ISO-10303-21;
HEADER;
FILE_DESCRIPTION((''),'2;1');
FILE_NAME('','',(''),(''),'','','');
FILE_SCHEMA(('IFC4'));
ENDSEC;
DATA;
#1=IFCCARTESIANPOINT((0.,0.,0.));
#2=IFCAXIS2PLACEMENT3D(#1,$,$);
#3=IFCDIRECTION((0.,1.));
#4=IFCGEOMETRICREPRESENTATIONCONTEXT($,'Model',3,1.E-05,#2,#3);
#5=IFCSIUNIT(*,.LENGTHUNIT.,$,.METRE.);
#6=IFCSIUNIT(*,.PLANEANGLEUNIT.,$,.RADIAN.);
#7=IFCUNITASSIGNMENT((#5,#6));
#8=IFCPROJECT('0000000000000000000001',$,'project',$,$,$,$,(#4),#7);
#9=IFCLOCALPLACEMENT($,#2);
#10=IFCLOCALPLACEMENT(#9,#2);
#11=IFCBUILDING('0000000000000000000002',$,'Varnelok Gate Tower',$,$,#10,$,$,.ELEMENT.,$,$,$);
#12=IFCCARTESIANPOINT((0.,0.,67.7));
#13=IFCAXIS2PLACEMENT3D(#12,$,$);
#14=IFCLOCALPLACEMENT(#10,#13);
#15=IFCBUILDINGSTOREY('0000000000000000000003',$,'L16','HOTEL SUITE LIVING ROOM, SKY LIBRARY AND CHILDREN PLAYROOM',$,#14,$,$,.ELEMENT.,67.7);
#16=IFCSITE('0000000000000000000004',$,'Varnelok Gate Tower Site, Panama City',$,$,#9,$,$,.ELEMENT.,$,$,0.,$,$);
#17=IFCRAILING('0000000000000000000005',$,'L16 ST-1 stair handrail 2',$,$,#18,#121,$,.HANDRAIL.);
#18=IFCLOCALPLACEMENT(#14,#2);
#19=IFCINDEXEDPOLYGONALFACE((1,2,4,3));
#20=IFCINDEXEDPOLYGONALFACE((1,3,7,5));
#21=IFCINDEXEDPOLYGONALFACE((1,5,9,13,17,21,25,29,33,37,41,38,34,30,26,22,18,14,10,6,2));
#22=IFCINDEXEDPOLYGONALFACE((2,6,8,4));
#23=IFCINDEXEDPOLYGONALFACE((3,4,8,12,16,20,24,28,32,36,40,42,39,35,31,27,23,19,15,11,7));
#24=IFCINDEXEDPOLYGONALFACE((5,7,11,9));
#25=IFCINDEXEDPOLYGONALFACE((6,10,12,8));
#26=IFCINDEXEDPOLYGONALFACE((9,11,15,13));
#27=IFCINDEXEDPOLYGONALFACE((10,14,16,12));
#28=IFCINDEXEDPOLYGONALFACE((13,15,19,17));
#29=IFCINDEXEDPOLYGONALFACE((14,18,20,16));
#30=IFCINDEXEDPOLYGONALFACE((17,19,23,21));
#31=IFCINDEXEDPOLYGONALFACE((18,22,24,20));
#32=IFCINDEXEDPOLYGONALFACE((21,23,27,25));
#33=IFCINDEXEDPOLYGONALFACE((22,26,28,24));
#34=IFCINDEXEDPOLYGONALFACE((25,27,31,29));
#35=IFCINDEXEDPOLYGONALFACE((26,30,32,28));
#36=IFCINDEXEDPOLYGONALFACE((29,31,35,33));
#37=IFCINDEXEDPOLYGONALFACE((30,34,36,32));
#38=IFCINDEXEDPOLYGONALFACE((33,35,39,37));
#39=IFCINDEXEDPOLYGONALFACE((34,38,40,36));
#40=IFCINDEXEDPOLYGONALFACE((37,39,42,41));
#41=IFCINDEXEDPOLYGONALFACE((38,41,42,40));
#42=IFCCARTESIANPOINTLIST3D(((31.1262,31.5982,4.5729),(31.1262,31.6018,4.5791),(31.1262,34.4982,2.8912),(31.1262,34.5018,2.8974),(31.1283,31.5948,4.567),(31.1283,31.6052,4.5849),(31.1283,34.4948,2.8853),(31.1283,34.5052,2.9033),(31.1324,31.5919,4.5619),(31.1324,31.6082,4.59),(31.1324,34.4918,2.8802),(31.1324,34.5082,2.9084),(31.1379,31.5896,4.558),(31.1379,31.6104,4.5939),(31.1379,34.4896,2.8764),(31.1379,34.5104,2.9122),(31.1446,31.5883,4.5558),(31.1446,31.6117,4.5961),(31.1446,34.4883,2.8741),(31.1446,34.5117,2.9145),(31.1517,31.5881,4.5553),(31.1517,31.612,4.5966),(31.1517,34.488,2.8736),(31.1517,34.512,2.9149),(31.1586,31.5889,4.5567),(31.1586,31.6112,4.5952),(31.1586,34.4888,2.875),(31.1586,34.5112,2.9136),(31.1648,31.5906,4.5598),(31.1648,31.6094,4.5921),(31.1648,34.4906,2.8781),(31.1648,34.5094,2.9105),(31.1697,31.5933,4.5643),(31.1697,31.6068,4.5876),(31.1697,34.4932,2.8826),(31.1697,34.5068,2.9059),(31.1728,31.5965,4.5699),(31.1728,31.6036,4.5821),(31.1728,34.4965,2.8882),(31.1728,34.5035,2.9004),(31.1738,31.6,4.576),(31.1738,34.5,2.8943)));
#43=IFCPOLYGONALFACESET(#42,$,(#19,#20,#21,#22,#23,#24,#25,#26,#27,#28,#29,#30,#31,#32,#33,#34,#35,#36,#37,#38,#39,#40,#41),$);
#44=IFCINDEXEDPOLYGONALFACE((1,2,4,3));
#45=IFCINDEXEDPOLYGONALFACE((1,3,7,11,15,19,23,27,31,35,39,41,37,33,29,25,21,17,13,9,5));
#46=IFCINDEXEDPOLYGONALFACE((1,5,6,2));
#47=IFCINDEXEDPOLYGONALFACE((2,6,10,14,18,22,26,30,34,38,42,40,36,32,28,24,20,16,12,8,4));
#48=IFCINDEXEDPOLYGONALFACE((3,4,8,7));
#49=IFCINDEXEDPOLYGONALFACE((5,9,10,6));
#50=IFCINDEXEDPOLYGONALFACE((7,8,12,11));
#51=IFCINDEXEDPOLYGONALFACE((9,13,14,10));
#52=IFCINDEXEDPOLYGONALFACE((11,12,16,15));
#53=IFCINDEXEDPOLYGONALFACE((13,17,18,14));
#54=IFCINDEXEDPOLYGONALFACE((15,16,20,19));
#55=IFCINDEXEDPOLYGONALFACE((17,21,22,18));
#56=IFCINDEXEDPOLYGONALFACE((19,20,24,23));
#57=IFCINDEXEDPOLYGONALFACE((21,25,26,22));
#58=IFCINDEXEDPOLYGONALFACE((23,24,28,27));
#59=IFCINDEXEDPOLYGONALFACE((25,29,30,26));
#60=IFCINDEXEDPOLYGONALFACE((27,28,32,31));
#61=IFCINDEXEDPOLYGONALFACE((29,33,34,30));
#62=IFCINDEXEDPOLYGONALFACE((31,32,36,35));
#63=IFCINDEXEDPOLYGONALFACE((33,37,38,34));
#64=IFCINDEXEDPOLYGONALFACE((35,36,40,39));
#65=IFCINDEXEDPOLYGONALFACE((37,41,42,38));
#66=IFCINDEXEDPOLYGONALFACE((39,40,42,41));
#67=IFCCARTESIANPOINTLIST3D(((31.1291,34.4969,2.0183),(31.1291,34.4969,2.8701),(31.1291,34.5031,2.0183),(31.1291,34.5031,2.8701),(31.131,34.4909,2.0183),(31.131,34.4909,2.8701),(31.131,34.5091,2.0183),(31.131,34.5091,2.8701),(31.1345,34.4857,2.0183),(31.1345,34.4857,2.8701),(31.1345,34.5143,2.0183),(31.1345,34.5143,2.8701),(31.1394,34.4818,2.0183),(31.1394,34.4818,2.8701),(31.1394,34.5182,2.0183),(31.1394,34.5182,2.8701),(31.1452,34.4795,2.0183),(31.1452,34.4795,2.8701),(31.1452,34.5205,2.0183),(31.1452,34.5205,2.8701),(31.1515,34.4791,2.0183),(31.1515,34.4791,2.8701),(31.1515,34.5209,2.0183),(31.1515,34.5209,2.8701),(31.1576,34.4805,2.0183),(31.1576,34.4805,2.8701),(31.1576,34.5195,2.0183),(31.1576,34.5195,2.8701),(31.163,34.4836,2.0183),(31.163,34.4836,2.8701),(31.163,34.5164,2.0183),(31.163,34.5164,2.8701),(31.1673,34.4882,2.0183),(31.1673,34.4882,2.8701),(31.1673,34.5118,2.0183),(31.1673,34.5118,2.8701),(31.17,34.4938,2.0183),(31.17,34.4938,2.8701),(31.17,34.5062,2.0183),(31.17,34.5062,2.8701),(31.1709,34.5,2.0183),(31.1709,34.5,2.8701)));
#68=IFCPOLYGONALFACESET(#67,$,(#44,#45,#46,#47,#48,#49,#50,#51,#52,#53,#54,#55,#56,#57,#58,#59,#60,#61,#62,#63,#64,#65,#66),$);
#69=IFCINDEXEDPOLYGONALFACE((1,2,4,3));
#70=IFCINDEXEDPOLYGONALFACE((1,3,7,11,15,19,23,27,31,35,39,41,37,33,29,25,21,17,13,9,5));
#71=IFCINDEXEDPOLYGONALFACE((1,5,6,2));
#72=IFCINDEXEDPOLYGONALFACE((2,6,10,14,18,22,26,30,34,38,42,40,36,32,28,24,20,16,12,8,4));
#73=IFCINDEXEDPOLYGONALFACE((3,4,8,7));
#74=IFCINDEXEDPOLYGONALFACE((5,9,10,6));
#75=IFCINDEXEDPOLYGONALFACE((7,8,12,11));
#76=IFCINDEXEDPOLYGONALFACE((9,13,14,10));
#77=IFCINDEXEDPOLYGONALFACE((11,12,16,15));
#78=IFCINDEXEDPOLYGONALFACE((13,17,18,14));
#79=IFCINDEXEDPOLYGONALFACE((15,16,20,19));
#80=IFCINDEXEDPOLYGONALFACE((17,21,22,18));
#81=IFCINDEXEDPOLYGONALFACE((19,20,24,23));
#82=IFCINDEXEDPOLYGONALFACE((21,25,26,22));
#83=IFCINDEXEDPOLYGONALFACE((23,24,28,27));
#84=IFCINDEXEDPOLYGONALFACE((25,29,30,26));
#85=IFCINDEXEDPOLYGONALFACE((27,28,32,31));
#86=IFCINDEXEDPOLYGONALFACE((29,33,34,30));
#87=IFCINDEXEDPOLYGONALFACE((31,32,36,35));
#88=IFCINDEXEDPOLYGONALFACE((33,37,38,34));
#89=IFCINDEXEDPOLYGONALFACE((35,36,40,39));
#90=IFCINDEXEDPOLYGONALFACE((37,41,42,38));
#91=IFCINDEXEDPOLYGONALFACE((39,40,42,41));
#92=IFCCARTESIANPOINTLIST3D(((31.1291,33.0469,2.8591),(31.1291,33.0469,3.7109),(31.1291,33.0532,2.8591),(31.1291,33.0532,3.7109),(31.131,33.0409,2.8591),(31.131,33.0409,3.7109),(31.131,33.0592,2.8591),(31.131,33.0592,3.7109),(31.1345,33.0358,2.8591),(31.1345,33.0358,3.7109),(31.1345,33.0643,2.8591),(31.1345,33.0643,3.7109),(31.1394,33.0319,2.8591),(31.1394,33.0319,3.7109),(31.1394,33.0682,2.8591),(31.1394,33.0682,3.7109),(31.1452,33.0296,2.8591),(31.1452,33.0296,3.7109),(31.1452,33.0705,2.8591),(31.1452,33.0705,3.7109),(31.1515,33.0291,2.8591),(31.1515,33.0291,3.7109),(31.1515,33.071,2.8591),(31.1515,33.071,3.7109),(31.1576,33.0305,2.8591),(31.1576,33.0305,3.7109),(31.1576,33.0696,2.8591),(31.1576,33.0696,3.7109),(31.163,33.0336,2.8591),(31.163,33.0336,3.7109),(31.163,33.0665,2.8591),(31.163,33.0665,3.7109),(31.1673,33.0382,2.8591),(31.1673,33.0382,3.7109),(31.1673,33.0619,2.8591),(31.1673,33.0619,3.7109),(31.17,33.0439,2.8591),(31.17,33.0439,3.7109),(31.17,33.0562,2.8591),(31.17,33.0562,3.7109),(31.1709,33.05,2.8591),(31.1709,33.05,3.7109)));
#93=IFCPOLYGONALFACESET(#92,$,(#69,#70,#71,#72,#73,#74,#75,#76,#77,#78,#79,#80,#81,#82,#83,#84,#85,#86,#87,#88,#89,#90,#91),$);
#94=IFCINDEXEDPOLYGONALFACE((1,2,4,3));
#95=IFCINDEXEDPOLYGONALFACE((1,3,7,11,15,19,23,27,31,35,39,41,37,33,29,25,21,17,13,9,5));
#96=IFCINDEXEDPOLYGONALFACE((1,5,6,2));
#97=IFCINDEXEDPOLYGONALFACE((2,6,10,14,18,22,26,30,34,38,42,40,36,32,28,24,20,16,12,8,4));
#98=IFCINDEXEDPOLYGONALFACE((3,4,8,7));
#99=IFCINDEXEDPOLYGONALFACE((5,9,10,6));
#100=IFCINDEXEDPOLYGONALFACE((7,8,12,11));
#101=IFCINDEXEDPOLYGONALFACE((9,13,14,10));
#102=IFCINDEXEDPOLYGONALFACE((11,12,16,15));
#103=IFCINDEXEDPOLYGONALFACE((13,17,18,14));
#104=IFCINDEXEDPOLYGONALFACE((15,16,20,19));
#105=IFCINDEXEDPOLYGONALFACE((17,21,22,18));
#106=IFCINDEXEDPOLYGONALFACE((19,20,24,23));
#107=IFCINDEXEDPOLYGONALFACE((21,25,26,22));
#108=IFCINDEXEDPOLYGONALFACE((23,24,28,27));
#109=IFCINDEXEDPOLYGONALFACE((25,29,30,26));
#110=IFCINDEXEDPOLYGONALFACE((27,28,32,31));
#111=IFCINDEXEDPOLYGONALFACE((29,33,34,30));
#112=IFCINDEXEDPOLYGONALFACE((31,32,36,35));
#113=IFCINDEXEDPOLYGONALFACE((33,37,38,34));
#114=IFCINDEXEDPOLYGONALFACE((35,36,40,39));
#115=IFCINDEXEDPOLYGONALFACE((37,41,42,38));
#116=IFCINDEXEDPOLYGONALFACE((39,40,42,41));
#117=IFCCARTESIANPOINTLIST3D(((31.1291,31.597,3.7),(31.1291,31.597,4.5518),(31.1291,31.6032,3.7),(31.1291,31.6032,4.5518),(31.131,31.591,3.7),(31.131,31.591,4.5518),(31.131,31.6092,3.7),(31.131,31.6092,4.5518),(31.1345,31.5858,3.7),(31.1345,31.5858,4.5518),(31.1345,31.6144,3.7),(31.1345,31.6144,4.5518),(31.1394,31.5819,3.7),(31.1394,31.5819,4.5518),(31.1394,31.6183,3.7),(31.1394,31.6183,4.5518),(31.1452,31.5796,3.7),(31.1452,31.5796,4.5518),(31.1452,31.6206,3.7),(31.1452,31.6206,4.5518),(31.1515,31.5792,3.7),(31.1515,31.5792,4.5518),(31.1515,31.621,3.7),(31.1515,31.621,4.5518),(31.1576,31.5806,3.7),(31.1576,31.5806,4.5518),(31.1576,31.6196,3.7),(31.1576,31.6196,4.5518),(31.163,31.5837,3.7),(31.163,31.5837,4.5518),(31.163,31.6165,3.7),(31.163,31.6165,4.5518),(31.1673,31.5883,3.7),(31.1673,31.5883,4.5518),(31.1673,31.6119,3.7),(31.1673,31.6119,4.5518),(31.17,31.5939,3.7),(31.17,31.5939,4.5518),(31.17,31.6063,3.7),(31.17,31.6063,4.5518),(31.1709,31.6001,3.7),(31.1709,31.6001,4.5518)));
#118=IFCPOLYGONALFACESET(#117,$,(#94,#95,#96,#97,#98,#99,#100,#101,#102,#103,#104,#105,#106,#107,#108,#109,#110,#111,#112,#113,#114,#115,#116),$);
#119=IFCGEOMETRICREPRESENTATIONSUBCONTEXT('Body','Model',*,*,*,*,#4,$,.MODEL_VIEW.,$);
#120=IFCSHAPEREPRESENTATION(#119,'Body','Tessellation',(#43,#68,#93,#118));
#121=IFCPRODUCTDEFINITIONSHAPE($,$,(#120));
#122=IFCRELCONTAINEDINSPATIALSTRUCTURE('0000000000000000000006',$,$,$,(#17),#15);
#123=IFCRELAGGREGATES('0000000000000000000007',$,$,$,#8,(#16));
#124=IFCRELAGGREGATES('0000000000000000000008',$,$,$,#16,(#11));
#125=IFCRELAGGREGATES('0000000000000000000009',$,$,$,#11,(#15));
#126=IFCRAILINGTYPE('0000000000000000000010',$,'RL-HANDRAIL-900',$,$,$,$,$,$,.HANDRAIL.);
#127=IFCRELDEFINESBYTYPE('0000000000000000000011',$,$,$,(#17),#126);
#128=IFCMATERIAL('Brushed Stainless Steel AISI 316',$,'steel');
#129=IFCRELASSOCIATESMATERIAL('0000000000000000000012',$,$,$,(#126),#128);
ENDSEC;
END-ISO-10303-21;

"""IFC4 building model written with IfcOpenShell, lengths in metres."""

from ifc_helpers import new_model, si_unit, direction, frame, origin, origin_2d, place, context, subcontext, project, spatial, circle, extrude, material, type_object, element, save


model = new_model("IFC4")

# Units and contexts
model_context = context("Model", 3, precision=1e-05, world=origin(), true_north=direction((0.0, 1.0)))
body_context = subcontext(model_context, "Body", "Model", "MODEL_VIEW")
ifc_project = project(units=[si_unit("LENGTHUNIT", "METRE"), si_unit("PLANEANGLEUNIT", "RADIAN")], contexts=[model_context])

# Site, building, storey
site_placement = place(None, origin())
site = spatial("IfcSite", under=ifc_project, at=site_placement, Name="Varnelok Gate Tower Site, Panama City", CompositionType="ELEMENT", RefElevation=0.0)
building_placement = place(site_placement, origin())
building = spatial("IfcBuilding", under=site, at=building_placement, Name="Varnelok Gate Tower", CompositionType="ELEMENT")
storey_placement = place(building_placement, frame((0.0, 0.0, 67.7)))
storey = spatial("IfcBuildingStorey", under=building, at=storey_placement, Name="L16", Description="HOTEL SUITE LIVING ROOM, SKY LIBRARY AND CHILDREN PLAYROOM", CompositionType="ELEMENT", Elevation=67.7)

# Railing
ifc_material_1 = material(Name="Brushed Stainless Steel AISI 316", Category="steel")
railing_type_1 = type_object("IfcRailingType", Name="RL-HANDRAIL-900", PredefinedType="HANDRAIL", material=ifc_material_1)
railing_1_placement = place(storey_placement, frame((31.1499, 34.5, 2.0183)))
element("IfcRailing", 1, at=railing_1_placement, inside=storey, type_object=railing_type_1, Name="L16 ST-1 stair handrail 2", PredefinedType="HANDRAIL", context=body_context, shape_type="SweptSolid", body=[
    extrude(circle(Radius=0.0239, at=origin_2d()), frame((0.0, 0.0, 0.876), z_axis=(0.0, -0.86507, 0.501651), x_axis=(1.0, 0.0, 0.0)), (0.0, 0.0, 1.0), 3.3523),
    extrude(circle(Radius=0.021, at=origin_2d()), origin(), (0.0, 0.0, 1.0), 0.8518),
    extrude(circle(Radius=0.021, at=origin_2d()), frame((0.0, -1.45, 0.8408)), (0.0, 0.0, 1.0), 0.8518),
    extrude(circle(Radius=0.021, at=origin_2d()), frame((0.0, -2.8999, 1.6816)), (0.0, 0.0, 1.0), 0.8518),
])

save(model, "model.ifc")
